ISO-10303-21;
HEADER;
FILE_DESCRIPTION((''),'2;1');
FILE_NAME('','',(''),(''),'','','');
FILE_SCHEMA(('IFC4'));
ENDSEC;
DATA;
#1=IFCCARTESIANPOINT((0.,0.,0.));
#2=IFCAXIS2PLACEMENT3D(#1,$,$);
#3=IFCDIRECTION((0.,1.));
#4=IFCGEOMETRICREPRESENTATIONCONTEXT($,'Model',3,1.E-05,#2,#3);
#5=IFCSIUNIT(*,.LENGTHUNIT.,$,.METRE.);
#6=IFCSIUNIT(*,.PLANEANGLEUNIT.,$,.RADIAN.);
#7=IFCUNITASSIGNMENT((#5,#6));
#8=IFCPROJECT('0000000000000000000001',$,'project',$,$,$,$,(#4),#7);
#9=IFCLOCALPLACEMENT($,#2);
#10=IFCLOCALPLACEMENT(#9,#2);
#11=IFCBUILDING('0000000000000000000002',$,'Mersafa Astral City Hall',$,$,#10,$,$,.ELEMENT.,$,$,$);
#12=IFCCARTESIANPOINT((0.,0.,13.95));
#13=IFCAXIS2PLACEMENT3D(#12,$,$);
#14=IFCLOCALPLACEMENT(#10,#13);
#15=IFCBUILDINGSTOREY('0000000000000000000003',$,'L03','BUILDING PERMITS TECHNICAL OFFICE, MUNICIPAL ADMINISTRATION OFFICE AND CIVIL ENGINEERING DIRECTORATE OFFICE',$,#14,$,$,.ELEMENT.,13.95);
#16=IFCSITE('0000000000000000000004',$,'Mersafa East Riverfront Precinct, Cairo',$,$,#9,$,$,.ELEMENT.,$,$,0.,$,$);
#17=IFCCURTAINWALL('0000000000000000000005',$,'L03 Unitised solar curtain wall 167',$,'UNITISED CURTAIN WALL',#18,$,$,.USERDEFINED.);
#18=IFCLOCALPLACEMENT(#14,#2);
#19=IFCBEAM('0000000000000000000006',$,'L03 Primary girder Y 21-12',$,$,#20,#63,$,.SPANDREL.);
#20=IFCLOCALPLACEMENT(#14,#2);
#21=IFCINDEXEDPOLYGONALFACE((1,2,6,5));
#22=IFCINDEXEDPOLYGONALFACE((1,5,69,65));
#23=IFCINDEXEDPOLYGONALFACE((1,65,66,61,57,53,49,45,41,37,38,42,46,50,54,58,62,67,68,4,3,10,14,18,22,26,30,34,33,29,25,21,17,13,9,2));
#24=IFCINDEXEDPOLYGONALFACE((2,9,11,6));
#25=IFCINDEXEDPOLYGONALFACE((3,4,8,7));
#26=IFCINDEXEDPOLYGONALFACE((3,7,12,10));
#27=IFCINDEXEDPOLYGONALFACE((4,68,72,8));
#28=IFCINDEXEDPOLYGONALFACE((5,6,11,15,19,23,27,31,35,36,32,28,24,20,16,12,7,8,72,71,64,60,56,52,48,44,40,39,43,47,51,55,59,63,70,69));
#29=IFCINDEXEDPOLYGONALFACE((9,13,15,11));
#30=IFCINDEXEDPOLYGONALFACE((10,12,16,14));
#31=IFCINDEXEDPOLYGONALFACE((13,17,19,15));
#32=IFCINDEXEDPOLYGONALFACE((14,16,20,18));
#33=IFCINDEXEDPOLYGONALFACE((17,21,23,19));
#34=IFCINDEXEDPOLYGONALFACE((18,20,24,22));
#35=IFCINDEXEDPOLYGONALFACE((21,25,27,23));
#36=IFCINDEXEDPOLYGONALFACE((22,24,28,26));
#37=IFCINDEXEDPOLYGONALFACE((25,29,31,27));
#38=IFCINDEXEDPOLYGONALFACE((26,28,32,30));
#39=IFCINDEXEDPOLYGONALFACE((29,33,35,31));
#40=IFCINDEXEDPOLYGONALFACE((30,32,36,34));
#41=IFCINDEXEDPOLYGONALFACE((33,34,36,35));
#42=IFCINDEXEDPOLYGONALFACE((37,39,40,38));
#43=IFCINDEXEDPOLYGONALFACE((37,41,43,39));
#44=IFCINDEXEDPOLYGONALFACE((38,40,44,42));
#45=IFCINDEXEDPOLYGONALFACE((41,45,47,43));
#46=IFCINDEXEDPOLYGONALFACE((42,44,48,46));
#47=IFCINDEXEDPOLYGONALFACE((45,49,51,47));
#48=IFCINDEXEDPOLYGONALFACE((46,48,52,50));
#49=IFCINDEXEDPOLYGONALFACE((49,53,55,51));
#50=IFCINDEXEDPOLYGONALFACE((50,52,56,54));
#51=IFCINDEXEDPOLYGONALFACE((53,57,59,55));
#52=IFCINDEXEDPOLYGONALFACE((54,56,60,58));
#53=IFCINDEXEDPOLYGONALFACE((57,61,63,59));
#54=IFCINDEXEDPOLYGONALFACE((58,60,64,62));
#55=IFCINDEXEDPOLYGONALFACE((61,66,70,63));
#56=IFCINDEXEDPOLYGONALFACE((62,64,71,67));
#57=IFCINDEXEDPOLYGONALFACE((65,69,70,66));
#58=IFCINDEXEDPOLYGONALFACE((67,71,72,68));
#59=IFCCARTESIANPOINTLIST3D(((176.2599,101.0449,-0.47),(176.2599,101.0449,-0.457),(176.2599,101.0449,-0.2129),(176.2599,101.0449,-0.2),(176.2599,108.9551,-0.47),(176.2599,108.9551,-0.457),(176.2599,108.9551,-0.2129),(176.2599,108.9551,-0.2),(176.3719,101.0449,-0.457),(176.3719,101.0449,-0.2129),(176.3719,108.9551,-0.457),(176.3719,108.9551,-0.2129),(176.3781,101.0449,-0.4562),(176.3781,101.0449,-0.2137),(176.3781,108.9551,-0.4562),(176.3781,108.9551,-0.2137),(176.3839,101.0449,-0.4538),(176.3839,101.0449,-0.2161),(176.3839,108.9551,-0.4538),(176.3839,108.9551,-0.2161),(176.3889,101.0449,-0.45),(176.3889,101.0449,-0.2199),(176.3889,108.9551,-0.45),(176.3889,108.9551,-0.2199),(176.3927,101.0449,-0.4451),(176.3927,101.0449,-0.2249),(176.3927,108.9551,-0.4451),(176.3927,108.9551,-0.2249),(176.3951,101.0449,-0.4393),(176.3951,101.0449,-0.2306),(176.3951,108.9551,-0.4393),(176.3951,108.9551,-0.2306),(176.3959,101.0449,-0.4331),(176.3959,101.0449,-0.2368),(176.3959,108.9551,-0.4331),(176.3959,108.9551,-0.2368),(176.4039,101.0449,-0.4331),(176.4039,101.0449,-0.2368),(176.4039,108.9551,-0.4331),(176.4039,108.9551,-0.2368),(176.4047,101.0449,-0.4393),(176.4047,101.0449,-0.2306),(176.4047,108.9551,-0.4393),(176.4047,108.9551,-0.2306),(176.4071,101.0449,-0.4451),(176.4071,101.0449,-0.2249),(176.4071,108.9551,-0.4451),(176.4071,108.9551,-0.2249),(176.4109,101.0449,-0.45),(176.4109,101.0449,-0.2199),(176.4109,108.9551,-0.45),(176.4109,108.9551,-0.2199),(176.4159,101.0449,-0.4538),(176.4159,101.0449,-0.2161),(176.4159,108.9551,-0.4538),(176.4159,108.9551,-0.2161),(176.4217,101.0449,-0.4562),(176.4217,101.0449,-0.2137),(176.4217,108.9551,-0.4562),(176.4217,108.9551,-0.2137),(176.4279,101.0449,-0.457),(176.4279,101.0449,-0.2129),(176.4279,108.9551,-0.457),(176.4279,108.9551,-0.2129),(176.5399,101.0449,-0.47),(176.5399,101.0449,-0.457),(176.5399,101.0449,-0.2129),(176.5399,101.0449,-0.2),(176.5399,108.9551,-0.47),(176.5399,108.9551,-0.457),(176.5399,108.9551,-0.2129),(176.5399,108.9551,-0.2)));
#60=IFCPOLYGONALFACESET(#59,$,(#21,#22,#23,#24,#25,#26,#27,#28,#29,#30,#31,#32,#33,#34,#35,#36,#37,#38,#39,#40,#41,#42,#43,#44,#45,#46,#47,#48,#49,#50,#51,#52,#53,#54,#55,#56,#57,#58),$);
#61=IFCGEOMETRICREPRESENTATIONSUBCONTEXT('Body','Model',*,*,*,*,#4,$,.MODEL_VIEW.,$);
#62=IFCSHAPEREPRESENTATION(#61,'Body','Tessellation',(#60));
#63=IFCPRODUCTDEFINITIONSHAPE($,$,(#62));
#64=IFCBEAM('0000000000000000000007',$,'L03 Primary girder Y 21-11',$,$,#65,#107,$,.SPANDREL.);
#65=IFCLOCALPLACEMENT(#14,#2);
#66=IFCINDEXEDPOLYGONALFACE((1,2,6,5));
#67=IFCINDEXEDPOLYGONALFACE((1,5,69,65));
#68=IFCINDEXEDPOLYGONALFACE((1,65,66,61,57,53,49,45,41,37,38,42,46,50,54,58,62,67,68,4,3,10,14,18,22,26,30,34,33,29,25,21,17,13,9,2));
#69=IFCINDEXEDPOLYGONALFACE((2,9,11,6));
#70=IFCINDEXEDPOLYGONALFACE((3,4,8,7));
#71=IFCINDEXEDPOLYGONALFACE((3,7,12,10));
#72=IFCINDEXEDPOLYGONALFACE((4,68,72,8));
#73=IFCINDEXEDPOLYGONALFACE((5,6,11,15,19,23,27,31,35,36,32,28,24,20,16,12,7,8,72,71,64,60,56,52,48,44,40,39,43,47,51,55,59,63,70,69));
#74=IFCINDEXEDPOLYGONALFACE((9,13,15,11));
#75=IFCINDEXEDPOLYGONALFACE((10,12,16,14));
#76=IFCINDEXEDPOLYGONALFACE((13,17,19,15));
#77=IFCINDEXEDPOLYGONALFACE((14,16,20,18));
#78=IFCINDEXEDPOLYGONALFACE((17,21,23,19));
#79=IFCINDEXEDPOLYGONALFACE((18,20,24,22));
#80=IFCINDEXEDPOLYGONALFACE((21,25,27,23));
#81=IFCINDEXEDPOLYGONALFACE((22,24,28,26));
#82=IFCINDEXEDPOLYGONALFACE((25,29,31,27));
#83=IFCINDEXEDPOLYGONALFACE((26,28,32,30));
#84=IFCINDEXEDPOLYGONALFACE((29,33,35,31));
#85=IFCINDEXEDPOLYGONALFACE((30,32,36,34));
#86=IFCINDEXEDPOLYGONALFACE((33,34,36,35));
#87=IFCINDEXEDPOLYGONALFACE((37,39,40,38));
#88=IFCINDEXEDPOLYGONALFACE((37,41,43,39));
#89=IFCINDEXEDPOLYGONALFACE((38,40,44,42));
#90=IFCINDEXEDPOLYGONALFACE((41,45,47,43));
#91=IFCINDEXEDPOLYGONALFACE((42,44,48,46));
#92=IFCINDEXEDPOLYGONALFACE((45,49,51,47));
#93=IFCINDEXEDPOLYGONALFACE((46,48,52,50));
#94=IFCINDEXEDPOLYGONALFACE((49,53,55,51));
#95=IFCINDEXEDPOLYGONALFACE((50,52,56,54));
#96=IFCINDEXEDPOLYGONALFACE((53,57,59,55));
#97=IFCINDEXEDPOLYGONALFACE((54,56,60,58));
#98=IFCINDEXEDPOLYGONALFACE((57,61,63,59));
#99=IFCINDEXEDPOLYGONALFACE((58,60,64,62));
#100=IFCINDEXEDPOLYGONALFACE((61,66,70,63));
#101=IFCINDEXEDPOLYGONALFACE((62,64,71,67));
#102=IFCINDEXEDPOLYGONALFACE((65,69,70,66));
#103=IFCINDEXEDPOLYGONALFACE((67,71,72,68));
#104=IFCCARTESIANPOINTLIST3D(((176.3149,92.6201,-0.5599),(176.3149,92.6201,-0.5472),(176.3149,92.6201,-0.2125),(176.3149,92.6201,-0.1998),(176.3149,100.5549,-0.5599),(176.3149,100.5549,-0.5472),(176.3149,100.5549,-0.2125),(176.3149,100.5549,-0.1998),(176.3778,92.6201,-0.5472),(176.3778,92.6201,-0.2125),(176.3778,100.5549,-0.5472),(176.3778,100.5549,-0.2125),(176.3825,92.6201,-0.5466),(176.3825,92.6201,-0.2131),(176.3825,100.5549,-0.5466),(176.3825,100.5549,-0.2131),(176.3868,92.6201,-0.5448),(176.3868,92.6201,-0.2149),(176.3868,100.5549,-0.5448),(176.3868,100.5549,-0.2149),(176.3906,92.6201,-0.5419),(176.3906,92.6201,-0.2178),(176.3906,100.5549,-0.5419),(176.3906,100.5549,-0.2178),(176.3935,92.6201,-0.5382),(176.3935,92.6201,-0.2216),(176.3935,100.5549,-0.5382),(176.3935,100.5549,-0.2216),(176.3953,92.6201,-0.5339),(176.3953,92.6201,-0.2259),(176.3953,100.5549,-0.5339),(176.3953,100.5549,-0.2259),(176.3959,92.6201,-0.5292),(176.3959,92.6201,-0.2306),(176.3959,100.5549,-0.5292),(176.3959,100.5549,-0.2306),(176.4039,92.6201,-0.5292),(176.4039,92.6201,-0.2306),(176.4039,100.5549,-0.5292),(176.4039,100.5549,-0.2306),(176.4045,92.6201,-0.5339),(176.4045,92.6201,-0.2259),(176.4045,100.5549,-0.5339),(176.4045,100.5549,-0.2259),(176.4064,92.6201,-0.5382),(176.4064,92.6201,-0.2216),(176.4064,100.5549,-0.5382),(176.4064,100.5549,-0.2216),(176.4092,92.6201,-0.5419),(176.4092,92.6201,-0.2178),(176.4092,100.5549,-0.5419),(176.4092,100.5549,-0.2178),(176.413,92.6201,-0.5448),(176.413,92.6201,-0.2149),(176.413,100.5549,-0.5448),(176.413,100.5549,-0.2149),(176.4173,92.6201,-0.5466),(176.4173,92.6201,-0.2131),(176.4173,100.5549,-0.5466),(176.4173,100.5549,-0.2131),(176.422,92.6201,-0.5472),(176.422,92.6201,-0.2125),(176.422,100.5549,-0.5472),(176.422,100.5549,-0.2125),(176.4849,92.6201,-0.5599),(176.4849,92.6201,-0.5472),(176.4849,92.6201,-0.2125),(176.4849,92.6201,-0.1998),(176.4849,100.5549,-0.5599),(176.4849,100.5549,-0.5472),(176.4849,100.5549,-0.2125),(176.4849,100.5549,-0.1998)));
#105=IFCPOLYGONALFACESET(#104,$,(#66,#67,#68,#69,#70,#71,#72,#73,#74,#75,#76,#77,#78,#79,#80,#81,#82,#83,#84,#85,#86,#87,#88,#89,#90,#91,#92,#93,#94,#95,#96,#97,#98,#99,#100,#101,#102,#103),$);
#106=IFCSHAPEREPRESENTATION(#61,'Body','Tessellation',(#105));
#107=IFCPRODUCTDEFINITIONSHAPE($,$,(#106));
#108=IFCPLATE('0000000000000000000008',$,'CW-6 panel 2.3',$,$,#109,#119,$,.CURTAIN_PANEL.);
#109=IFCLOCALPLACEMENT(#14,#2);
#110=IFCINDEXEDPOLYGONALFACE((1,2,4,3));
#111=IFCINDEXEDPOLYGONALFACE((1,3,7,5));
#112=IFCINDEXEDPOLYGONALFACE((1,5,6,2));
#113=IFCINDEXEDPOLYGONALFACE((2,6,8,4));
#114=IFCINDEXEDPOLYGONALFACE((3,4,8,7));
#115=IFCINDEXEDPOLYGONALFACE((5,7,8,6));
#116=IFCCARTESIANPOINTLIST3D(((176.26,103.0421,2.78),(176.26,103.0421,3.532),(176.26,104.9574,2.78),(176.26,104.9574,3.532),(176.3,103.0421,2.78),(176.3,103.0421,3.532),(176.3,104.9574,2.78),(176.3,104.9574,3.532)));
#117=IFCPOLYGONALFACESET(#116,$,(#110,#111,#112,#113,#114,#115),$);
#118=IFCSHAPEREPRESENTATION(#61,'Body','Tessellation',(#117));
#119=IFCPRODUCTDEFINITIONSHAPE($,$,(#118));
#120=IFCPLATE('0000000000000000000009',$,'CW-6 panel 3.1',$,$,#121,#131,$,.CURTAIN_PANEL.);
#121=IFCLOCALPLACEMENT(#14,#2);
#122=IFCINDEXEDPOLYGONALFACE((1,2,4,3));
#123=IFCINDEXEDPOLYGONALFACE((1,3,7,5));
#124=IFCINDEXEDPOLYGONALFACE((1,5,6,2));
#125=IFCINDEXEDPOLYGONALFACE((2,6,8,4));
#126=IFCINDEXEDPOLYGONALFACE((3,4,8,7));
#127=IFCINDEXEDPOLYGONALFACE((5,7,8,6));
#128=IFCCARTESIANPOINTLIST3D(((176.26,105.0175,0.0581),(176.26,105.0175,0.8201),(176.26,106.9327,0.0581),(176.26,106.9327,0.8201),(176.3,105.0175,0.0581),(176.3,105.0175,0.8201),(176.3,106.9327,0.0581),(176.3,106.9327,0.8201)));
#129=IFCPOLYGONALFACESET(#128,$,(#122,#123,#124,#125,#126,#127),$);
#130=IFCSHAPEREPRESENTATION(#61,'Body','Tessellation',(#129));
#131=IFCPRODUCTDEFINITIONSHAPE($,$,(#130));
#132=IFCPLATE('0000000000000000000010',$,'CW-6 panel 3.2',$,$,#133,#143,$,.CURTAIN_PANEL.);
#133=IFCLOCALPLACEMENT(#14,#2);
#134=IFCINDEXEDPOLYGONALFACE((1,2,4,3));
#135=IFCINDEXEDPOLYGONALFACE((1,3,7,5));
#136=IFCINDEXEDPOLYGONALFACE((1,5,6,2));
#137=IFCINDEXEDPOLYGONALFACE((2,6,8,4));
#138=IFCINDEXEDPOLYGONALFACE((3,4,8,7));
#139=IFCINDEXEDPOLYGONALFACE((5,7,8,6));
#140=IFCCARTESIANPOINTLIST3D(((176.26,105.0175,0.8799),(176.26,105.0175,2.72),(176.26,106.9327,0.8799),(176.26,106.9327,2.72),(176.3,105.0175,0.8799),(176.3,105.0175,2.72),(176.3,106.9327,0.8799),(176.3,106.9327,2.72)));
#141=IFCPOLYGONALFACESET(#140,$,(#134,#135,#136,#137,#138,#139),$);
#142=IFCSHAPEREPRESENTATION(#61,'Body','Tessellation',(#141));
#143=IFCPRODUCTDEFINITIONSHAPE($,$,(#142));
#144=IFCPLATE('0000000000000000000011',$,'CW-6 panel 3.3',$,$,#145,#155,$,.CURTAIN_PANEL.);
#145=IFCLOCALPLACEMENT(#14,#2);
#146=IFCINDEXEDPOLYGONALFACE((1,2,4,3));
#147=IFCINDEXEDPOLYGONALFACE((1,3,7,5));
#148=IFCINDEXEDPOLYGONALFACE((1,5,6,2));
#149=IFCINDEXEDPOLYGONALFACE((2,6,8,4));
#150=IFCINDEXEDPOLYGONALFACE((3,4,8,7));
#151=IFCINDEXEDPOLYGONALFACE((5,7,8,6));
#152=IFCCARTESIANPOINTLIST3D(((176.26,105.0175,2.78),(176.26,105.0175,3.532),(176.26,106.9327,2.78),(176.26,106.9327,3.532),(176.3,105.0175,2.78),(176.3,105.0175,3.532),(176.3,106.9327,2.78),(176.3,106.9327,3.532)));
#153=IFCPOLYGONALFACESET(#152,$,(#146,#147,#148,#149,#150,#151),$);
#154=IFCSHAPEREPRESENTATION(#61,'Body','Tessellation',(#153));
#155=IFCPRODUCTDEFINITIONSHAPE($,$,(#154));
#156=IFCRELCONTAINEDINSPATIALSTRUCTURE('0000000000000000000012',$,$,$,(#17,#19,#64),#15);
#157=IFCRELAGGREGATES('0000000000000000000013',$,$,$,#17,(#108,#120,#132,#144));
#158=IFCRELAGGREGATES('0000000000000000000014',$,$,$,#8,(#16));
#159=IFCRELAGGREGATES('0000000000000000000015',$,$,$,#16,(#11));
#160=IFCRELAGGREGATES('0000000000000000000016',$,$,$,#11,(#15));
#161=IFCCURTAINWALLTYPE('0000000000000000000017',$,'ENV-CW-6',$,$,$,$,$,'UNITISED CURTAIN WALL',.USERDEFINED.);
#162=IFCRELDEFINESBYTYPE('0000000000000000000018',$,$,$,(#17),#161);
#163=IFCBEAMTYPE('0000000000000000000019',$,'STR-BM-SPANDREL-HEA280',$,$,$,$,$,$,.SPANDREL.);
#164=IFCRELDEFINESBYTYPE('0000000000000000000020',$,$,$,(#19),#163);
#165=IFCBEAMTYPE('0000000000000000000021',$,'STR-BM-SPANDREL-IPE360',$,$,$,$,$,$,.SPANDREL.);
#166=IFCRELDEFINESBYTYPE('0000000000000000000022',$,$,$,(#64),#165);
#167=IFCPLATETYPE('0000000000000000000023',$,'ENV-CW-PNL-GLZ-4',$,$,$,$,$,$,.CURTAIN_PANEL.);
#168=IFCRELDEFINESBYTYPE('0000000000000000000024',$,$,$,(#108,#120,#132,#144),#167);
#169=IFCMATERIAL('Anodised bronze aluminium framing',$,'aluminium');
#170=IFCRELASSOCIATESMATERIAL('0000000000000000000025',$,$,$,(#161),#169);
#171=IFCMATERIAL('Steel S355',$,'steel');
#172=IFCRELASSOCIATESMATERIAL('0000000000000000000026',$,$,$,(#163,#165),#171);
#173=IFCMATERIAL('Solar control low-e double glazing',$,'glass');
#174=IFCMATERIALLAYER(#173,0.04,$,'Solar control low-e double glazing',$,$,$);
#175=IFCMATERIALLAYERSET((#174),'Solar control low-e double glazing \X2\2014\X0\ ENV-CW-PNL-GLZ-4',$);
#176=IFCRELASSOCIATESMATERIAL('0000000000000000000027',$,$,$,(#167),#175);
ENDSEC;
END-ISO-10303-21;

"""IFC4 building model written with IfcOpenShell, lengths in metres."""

from ifc_helpers import new_model, si_unit, direction, frame, origin, origin_2d, place, context, subcontext, project, spatial, rectangle, i_section, extrude, material, layer, layer_set, material_profile, profile_set, type_object, element, aggregate, save


model = new_model("IFC4")

# Units and contexts
model_context = context("Model", 3, precision=1e-05, world=origin(), true_north=direction((0.0, 1.0)))
body_context = subcontext(model_context, "Body", "Model", "MODEL_VIEW")
ifc_project = project(units=[si_unit("LENGTHUNIT", "METRE"), si_unit("PLANEANGLEUNIT", "RADIAN")], contexts=[model_context])

# Site, building, storey
site_placement = place(None, origin())
site = spatial("IfcSite", under=ifc_project, at=site_placement, Name="Mersafa East Riverfront Precinct, Cairo", CompositionType="ELEMENT", RefElevation=0.0)
building_placement = place(site_placement, origin())
building = spatial("IfcBuilding", under=site, at=building_placement, Name="Mersafa Astral City Hall", CompositionType="ELEMENT")
storey_placement = place(building_placement, frame((0.0, 0.0, 13.95)))
storey = spatial("IfcBuildingStorey", under=building, at=storey_placement, Name="L03", Description="BUILDING PERMITS TECHNICAL OFFICE, MUNICIPAL ADMINISTRATION OFFICE AND CIVIL ENGINEERING DIRECTORATE OFFICE", CompositionType="ELEMENT", Elevation=13.95)

# Shared definitions
ifc_material_1 = material(Name="Steel S355", Category="steel")

# Curtain wall
ifc_material_2 = material(Name="Anodised bronze aluminium framing", Category="aluminium")
curtain_wall_type = type_object("IfcCurtainWallType", Name="ENV-CW-6", ElementType="UNITISED CURTAIN WALL", PredefinedType="USERDEFINED", material=ifc_material_2)
curtain_wall_placement = place(storey_placement, origin())
curtain_wall = element("IfcCurtainWall", 1, at=curtain_wall_placement, inside=storey, type_object=curtain_wall_type, Name="L03 Unitised solar curtain wall 167", ObjectType="UNITISED CURTAIN WALL", PredefinedType="USERDEFINED")

# Beams
ifc_material_profile_1 = material_profile(ifc_material_1, i_section(OverallWidth=0.28, OverallDepth=0.27, WebThickness=0.0081, FlangeThickness=0.0129, FilletRadius=0.0239, at=origin_2d()), Name="HEA 280")
ifc_profile_set_1 = profile_set([ifc_material_profile_1], Name="Steel S355")
beam_type_1 = type_object("IfcBeamType", Name="STR-BM-SPANDREL-HEA280", PredefinedType="SPANDREL", material=ifc_profile_set_1)
beam_1_placement = place(storey_placement, frame((176.3999, 101.0449, -0.335), z_axis=(0.0, 1.0, 0.0), x_axis=(-1.0, 0.0, 0.0)))
element("IfcBeam", 2, at=beam_1_placement, inside=storey, type_object=beam_type_1, Name="L03 Primary girder Y 21-12", PredefinedType="SPANDREL", context=body_context, shape_type="SweptSolid", body=[
    extrude(i_section(OverallWidth=0.28, OverallDepth=0.27, WebThickness=0.0081, FlangeThickness=0.0129, FilletRadius=0.0239, at=origin_2d()), origin(), (0.0, 0.0, 1.0), 7.9102),
])
ifc_material_profile_2 = material_profile(ifc_material_1, i_section(OverallWidth=0.1699, OverallDepth=0.3601, WebThickness=0.0081, FlangeThickness=0.0127, FilletRadius=0.0181, at=origin_2d()), Name="IPE 360")
ifc_profile_set_2 = profile_set([ifc_material_profile_2], Name="Steel S355")
beam_type_2 = type_object("IfcBeamType", Name="STR-BM-SPANDREL-IPE360", PredefinedType="SPANDREL", material=ifc_profile_set_2)
beam_2_placement = place(storey_placement, frame((176.3999, 92.6201, -0.3799), z_axis=(0.0, 1.0, 0.0), x_axis=(-1.0, 0.0, 0.0)))
element("IfcBeam", 3, at=beam_2_placement, inside=storey, type_object=beam_type_2, Name="L03 Primary girder Y 21-11", PredefinedType="SPANDREL", context=body_context, shape_type="SweptSolid", body=[
    extrude(i_section(OverallWidth=0.1699, OverallDepth=0.3601, WebThickness=0.0081, FlangeThickness=0.0127, FilletRadius=0.0181, at=origin_2d()), origin(), (0.0, 0.0, 1.0), 7.9348),
])

# Plates
ifc_material_3 = material(Name="Solar control low-e double glazing", Category="glass")
ifc_layer_1 = layer(ifc_material_3, 0.04, Name="Solar control low-e double glazing")
ifc_layer_set_1 = layer_set([ifc_layer_1], Name="Solar control low-e double glazing — ENV-CW-PNL-GLZ-4")
plate_type = type_object("IfcPlateType", Name="ENV-CW-PNL-GLZ-4", PredefinedType="CURTAIN_PANEL", material=ifc_layer_set_1)
plate_1_placement = place(storey_placement, frame((176.28, 103.9998, 2.78), z_axis=(0.0, 0.0, 1.0), x_axis=(0.0, 1.0, 0.0)))
plate_1 = element("IfcPlate", 4, at=plate_1_placement, type_object=plate_type, Name="CW-6 panel 2.3", PredefinedType="CURTAIN_PANEL", context=body_context, shape_type="SweptSolid", body=[
    extrude(rectangle(XDim=1.9153, YDim=0.04, at=origin_2d()), origin(), (0.0, 0.0, 1.0), 0.752),
])
plate_2_placement = place(storey_placement, frame((176.28, 105.9751, 0.0581), z_axis=(0.0, 0.0, 1.0), x_axis=(0.0, 1.0, 0.0)))
plate_2 = element("IfcPlate", 5, at=plate_2_placement, type_object=plate_type, Name="CW-6 panel 3.1", PredefinedType="CURTAIN_PANEL", context=body_context, shape_type="SweptSolid", body=[
    extrude(rectangle(XDim=1.9153, YDim=0.04, at=origin_2d()), origin(), (0.0, 0.0, 1.0), 0.762),
])
plate_3_placement = place(storey_placement, frame((176.28, 105.9751, 0.8799), z_axis=(0.0, 0.0, 1.0), x_axis=(0.0, 1.0, 0.0)))
plate_3 = element("IfcPlate", 6, at=plate_3_placement, type_object=plate_type, Name="CW-6 panel 3.2", PredefinedType="CURTAIN_PANEL", context=body_context, shape_type="SweptSolid", body=[
    extrude(rectangle(XDim=1.9153, YDim=0.04, at=origin_2d()), origin(), (0.0, 0.0, 1.0), 1.8401),
])
plate_4_placement = place(storey_placement, frame((176.28, 105.9751, 2.78), z_axis=(0.0, 0.0, 1.0), x_axis=(0.0, 1.0, 0.0)))
plate_4 = element("IfcPlate", 7, at=plate_4_placement, type_object=plate_type, Name="CW-6 panel 3.3", PredefinedType="CURTAIN_PANEL", context=body_context, shape_type="SweptSolid", body=[
    extrude(rectangle(XDim=1.9153, YDim=0.04, at=origin_2d()), origin(), (0.0, 0.0, 1.0), 0.752),
])
aggregate(curtain_wall, [plate_1, plate_2, plate_3, plate_4])

save(model, "model.ifc")
